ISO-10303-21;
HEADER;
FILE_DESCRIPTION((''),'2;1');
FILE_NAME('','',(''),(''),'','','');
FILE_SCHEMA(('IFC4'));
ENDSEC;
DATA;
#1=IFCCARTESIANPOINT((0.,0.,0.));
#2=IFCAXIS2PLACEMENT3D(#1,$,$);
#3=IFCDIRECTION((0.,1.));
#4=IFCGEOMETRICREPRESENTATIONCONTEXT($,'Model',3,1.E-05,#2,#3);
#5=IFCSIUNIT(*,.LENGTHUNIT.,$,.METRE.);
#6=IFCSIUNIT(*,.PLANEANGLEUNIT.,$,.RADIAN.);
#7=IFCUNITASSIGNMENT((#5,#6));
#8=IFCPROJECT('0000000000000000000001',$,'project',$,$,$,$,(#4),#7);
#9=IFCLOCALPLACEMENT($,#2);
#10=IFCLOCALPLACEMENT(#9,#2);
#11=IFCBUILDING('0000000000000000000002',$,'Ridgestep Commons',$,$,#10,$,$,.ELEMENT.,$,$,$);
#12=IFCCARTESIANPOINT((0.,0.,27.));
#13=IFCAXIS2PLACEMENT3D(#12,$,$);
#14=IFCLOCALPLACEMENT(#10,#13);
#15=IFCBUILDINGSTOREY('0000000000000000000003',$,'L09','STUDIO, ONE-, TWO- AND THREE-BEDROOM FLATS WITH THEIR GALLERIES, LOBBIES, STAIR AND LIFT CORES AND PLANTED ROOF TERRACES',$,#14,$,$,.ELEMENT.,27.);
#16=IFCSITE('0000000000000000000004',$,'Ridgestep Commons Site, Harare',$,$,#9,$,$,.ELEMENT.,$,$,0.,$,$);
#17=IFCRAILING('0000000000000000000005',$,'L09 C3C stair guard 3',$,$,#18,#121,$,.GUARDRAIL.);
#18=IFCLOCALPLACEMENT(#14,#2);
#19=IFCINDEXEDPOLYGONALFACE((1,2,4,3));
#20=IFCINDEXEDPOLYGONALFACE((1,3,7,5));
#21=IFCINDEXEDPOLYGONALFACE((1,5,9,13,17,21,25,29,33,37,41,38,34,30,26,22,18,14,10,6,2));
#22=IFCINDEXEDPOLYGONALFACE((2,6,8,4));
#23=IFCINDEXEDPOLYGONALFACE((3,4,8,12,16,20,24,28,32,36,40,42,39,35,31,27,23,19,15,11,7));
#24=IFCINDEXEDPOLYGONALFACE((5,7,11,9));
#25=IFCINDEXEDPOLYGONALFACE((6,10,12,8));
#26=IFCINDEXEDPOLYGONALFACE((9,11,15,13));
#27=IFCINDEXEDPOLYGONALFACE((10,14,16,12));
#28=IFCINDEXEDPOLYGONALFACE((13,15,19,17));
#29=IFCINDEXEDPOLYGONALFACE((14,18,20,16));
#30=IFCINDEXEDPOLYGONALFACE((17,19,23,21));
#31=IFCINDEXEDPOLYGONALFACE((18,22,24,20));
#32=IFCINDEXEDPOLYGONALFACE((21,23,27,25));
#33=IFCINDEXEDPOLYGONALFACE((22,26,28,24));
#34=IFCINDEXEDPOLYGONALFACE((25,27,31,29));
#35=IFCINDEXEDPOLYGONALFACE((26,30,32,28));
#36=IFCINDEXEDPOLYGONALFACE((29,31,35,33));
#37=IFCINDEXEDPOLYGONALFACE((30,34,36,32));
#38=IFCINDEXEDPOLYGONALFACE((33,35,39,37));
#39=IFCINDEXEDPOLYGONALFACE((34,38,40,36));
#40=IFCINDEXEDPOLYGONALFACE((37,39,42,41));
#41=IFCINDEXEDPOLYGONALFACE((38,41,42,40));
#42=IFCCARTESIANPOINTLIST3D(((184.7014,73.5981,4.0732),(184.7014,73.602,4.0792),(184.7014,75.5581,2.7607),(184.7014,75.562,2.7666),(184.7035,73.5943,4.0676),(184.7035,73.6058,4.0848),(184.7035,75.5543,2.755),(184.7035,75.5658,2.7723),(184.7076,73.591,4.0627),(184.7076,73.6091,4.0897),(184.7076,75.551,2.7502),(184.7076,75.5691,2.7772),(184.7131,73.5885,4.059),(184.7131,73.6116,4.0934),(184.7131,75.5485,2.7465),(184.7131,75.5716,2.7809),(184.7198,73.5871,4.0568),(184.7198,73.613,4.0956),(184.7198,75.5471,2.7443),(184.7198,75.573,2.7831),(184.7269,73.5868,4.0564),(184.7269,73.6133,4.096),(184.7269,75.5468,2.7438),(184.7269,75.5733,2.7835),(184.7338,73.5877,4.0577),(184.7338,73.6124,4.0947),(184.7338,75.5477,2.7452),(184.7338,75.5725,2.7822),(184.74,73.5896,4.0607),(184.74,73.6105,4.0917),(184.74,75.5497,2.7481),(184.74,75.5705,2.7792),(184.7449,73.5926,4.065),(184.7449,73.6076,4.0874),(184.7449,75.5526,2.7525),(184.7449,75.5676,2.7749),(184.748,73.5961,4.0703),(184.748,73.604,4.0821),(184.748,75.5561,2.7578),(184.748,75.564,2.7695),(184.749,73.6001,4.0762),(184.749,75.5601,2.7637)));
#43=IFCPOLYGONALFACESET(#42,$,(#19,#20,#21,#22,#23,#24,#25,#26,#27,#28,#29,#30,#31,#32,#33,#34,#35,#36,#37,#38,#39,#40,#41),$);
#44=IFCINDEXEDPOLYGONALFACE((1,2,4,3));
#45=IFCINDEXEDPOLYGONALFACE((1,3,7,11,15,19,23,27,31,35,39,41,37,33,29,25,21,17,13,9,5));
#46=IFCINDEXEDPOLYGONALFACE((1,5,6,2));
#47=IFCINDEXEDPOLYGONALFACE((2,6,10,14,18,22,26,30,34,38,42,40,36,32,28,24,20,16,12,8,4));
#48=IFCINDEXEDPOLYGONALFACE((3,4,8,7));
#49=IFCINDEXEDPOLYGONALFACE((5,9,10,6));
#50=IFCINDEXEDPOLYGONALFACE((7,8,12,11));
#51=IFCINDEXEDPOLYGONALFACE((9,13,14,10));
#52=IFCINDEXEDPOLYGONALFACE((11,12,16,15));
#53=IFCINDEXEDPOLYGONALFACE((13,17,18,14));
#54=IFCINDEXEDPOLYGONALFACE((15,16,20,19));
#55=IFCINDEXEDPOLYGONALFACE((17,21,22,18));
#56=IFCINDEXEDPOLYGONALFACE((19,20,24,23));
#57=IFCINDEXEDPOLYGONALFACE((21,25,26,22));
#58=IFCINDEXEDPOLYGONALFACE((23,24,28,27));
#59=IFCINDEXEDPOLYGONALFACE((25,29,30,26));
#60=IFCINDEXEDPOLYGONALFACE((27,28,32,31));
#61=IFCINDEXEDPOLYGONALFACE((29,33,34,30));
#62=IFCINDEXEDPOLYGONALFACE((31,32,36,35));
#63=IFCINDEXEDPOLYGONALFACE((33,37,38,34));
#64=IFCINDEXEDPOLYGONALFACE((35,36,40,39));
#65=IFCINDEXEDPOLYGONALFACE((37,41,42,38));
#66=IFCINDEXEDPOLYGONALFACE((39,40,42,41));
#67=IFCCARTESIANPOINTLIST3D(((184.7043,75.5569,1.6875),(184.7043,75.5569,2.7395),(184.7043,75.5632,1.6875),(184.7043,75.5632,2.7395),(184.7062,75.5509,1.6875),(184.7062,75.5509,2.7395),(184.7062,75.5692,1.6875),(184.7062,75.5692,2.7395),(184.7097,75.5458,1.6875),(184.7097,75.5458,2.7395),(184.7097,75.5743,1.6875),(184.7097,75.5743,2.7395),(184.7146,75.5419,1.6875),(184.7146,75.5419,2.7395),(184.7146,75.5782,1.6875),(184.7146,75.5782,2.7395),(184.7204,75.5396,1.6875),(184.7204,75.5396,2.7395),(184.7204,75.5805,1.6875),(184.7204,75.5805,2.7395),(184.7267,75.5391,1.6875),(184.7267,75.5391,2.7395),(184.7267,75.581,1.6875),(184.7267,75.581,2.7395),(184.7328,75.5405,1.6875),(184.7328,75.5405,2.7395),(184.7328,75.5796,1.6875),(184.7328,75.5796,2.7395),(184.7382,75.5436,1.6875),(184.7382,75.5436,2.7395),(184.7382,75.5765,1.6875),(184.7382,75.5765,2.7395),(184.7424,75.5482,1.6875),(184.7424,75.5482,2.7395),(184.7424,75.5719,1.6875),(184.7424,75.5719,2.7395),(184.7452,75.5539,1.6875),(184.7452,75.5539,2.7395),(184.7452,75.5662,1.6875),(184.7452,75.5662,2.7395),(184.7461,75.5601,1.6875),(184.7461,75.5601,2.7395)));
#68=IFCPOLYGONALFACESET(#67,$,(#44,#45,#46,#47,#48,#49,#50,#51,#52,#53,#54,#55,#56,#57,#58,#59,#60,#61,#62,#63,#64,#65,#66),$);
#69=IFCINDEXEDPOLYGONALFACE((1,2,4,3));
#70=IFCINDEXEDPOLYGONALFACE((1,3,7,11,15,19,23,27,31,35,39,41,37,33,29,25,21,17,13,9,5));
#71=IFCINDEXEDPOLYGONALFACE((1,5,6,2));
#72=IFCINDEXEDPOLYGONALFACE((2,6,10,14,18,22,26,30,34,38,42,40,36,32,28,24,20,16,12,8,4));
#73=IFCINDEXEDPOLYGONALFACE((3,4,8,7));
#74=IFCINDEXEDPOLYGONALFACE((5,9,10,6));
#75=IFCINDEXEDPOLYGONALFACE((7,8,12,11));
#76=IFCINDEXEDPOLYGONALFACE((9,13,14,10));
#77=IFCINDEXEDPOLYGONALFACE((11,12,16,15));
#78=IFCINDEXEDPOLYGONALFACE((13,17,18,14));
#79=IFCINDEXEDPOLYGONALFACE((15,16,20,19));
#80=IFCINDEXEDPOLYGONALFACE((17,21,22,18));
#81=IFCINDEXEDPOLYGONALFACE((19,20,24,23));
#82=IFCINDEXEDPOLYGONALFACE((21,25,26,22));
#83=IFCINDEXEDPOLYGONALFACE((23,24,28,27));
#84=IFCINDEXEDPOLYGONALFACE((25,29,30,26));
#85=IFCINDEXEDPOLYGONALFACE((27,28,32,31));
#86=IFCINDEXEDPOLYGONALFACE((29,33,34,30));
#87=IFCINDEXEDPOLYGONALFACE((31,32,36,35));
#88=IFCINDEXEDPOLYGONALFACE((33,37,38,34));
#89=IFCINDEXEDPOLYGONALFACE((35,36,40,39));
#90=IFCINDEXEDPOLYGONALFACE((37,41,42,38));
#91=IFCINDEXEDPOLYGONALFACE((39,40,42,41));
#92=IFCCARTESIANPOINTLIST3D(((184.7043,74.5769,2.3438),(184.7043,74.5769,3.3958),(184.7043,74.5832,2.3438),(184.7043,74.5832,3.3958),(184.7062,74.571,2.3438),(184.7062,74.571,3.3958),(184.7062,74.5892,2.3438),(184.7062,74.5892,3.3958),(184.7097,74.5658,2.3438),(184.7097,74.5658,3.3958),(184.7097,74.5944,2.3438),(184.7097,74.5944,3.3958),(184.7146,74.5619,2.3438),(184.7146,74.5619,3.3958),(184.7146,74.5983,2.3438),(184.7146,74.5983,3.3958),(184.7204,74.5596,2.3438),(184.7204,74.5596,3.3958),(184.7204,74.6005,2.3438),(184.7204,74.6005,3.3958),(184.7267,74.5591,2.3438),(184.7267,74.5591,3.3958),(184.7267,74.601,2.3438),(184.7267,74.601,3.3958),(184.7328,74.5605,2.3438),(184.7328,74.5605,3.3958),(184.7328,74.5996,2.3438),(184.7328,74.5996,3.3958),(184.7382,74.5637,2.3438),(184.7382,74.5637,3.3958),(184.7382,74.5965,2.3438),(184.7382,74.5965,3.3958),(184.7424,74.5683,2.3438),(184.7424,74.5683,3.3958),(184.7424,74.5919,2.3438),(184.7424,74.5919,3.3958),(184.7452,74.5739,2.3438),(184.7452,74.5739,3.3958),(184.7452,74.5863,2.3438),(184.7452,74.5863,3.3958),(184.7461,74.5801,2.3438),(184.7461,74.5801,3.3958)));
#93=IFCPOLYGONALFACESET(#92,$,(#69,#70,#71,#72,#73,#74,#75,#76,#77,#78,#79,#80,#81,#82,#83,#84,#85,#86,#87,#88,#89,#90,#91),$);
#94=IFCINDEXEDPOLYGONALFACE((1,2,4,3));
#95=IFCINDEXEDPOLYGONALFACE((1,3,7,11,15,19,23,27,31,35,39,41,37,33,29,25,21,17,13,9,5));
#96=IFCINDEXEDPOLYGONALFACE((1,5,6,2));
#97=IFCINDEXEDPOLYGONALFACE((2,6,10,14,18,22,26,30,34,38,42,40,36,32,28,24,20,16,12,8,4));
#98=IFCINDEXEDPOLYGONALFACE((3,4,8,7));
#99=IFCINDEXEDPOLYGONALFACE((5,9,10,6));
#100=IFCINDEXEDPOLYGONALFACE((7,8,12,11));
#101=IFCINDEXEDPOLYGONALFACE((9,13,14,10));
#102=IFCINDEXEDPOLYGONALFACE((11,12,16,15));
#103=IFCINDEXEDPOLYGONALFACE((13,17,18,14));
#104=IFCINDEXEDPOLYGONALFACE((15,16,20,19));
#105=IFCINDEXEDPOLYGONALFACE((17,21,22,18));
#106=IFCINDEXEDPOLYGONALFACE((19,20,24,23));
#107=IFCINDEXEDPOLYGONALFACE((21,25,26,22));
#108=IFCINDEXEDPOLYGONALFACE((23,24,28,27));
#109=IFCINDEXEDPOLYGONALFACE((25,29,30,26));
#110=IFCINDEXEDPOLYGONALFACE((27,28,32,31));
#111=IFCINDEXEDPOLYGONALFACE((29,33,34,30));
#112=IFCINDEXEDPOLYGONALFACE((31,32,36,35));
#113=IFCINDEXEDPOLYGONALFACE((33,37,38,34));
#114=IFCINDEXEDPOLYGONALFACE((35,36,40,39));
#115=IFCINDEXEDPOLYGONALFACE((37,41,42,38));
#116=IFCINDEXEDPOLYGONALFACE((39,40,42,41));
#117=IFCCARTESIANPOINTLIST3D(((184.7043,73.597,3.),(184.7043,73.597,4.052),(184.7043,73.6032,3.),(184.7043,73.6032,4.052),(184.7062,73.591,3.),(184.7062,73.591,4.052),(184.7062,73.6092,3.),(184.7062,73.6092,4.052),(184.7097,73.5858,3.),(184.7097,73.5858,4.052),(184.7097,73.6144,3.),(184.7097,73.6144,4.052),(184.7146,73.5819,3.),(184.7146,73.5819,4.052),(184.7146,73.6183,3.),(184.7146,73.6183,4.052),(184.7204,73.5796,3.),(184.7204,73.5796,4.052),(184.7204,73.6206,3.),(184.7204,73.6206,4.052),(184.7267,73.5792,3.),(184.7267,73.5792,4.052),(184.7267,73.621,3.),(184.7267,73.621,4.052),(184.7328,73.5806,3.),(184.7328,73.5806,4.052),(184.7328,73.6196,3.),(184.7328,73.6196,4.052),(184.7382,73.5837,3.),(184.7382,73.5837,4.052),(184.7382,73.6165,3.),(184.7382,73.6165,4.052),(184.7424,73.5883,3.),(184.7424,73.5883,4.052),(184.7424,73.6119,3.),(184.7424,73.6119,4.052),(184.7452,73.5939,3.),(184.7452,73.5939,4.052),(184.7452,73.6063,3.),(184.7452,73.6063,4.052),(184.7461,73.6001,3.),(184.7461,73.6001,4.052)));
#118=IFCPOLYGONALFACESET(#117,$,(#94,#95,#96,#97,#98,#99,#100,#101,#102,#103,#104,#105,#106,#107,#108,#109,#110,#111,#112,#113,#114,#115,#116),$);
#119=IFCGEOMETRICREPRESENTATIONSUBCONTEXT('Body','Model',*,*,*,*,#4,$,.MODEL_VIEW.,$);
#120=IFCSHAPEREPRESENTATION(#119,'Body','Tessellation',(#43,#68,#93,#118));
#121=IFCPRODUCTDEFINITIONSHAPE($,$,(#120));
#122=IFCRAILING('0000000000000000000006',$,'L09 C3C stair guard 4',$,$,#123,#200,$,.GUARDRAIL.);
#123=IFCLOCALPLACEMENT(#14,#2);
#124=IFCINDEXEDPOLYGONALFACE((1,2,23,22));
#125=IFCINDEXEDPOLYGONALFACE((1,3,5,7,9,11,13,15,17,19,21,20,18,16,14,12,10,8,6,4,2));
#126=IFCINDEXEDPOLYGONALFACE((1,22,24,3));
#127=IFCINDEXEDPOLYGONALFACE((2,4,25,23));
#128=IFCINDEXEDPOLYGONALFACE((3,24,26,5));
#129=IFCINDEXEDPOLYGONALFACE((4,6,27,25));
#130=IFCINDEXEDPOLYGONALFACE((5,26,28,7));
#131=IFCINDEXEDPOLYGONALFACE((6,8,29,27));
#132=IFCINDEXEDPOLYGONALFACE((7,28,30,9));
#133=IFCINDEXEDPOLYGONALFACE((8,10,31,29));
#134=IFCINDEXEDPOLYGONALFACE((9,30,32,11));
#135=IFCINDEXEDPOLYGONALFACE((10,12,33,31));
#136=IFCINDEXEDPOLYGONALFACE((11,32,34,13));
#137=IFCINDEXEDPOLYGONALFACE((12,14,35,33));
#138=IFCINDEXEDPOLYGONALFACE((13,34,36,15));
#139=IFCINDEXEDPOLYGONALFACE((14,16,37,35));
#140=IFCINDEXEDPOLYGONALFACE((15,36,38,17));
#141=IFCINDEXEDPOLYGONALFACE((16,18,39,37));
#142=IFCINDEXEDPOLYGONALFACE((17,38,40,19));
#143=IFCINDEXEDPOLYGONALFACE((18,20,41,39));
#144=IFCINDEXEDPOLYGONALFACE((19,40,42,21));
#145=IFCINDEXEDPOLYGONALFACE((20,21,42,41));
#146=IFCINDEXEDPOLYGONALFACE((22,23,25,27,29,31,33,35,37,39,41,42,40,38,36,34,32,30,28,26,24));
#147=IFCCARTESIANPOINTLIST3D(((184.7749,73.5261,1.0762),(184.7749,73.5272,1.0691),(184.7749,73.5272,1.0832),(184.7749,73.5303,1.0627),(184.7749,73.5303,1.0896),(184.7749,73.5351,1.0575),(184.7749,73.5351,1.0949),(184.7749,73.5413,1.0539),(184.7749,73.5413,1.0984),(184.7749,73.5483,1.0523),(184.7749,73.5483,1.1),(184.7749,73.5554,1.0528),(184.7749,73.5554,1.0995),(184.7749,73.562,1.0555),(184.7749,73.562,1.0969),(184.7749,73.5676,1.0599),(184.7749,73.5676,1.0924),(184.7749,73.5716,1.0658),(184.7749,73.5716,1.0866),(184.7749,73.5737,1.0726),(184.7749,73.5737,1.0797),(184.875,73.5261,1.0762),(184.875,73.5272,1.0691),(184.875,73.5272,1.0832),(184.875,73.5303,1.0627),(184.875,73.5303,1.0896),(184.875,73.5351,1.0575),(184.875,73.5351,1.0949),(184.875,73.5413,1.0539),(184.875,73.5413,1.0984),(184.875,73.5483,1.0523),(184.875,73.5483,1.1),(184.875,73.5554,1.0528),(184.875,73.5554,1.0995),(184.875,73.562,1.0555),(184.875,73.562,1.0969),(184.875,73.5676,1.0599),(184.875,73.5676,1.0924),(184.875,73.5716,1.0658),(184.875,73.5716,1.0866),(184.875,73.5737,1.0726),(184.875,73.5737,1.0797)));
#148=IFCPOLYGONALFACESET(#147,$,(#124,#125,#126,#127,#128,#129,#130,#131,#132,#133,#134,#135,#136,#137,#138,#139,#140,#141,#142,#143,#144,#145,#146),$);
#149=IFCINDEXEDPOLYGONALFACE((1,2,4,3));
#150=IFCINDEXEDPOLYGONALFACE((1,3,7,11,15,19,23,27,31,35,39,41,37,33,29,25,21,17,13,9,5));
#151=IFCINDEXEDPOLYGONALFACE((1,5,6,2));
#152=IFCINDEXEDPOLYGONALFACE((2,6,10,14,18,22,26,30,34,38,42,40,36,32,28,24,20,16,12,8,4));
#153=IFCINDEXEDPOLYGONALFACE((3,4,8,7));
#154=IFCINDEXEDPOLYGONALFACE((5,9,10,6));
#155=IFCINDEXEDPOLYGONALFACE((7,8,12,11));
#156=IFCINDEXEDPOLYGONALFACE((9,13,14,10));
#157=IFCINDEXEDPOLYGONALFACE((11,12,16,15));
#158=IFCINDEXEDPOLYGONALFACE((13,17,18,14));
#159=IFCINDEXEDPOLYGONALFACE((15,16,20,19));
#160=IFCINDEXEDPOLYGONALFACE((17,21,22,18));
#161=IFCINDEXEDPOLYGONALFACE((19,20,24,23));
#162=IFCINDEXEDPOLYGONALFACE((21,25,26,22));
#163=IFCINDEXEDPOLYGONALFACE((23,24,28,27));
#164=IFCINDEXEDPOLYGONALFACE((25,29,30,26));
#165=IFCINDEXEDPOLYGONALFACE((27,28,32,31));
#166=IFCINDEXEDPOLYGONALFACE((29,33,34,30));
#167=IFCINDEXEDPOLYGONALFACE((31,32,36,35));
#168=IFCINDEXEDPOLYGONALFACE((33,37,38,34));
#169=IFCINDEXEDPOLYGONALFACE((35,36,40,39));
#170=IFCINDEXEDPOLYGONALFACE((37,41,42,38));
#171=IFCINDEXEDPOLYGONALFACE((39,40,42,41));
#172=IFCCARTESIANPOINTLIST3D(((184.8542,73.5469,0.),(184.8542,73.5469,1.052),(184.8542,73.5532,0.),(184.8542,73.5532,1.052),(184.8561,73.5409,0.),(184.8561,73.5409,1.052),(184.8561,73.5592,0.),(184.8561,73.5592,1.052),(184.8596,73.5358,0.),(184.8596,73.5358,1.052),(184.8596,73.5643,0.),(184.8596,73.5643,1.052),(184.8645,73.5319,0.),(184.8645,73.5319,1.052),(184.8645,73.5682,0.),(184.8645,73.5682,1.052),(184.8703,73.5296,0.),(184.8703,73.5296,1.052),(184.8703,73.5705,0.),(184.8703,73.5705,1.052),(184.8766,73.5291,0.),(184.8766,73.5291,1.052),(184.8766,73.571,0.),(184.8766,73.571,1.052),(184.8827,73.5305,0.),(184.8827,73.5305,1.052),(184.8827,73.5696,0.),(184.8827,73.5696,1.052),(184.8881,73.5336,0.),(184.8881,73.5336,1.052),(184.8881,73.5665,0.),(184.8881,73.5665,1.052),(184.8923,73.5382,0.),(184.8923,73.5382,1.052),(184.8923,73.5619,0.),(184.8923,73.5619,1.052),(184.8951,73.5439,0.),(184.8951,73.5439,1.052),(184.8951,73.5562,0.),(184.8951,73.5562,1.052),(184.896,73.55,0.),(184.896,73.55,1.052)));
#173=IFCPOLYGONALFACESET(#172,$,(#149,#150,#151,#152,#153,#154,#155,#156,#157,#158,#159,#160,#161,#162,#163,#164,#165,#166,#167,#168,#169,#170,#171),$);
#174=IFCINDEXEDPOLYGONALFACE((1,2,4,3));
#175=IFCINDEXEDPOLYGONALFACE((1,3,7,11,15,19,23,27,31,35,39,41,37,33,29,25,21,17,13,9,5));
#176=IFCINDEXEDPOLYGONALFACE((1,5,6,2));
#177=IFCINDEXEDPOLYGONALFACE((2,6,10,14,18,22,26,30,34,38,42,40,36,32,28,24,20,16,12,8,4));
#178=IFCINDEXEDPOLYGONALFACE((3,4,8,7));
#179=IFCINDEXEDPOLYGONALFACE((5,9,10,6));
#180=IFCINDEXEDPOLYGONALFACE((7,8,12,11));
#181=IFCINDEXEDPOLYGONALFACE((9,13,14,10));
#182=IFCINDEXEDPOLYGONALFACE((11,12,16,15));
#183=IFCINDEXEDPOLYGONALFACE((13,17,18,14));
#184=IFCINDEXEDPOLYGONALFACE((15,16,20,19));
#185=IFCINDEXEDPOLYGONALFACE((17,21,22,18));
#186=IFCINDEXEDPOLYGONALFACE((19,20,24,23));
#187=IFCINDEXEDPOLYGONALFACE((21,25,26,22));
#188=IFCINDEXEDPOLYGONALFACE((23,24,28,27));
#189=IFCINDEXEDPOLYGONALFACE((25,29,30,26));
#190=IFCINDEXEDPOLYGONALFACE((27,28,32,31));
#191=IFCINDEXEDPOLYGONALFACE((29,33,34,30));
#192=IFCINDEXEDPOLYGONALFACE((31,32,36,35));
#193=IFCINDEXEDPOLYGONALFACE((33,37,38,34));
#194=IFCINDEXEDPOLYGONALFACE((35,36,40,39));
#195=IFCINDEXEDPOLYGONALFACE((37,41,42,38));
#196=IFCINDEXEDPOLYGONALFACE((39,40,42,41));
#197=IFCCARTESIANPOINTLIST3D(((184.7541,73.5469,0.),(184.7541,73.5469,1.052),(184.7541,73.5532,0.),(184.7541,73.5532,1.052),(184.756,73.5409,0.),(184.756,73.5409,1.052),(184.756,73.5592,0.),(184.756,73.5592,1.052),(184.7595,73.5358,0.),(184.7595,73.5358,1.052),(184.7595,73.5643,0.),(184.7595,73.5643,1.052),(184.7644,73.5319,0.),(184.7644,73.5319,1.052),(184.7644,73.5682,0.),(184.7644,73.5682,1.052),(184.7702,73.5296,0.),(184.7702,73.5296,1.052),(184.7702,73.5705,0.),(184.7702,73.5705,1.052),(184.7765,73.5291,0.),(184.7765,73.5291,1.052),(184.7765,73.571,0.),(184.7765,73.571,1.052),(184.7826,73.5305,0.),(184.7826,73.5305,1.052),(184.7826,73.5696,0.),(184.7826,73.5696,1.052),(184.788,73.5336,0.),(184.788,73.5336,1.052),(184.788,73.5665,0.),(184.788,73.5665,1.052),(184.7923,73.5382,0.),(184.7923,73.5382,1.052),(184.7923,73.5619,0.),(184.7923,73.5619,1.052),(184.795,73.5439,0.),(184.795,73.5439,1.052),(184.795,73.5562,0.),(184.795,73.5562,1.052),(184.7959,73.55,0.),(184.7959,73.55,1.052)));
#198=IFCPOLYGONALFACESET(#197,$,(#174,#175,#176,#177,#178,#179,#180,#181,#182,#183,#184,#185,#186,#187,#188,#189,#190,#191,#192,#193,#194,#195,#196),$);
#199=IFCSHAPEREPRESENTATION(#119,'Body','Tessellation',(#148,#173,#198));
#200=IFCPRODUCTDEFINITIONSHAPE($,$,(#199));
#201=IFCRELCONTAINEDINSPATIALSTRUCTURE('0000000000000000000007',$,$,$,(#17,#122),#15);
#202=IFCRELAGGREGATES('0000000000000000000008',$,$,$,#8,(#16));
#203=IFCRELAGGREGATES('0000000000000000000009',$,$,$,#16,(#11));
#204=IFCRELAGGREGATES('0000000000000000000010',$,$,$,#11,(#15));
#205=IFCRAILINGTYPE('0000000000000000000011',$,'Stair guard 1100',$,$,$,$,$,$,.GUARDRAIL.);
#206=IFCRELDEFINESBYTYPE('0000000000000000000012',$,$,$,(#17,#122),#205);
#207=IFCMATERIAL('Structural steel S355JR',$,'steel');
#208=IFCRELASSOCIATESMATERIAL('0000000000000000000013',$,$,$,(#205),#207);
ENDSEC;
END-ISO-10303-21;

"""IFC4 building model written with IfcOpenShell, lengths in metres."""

from ifc_helpers import new_model, si_unit, direction, frame, origin, origin_2d, place, context, subcontext, project, spatial, circle, extrude, material, type_object, element, save


model = new_model("IFC4")

# Units and contexts
model_context = context("Model", 3, precision=1e-05, world=origin(), true_north=direction((0.0, 1.0)))
body_context = subcontext(model_context, "Body", "Model", "MODEL_VIEW")
ifc_project = project(units=[si_unit("LENGTHUNIT", "METRE"), si_unit("PLANEANGLEUNIT", "RADIAN")], contexts=[model_context])

# Site, building, storey
site_placement = place(None, origin())
site = spatial("IfcSite", under=ifc_project, at=site_placement, Name="Ridgestep Commons Site, Harare", CompositionType="ELEMENT", RefElevation=0.0)
building_placement = place(site_placement, origin())
building = spatial("IfcBuilding", under=site, at=building_placement, Name="Ridgestep Commons", CompositionType="ELEMENT")
storey_placement = place(building_placement, frame((0.0, 0.0, 27.0)))
storey = spatial("IfcBuildingStorey", under=building, at=storey_placement, Name="L09", Description="STUDIO, ONE-, TWO- AND THREE-BEDROOM FLATS WITH THEIR GALLERIES, LOBBIES, STAIR AND LIFT CORES AND PLANTED ROOF TERRACES", CompositionType="ELEMENT", Elevation=27.0)

# Railings
ifc_material_1 = material(Name="Structural steel S355JR", Category="steel")
railing_type_1 = type_object("IfcRailingType", Name="Stair guard 1100", PredefinedType="GUARDRAIL", material=ifc_material_1)
railing_1_placement = place(storey_placement, frame((184.7251, 75.5601, 1.6875)))
element("IfcRailing", 1, at=railing_1_placement, inside=storey, type_object=railing_type_1, Name="L09 C3C stair guard 3", PredefinedType="GUARDRAIL", context=body_context, shape_type="SweptSolid", body=[
    extrude(circle(Radius=0.0239, at=origin_2d()), frame((0.0, 0.0, 1.0762), z_axis=(0.0, -0.830902, 0.556419), x_axis=(1.0, 0.0, 0.0)), (0.0, 0.0, 1.0), 2.3589),
    extrude(circle(Radius=0.021, at=origin_2d()), origin(), (0.0, 0.0, 1.0), 1.052),
    extrude(circle(Radius=0.021, at=origin_2d()), frame((0.0, -0.98, 0.6562)), (0.0, 0.0, 1.0), 1.052),
    extrude(circle(Radius=0.021, at=origin_2d()), frame((0.0, -1.96, 1.3125)), (0.0, 0.0, 1.0), 1.052),
])
railing_2_placement = place(storey_placement, frame((184.875, 73.55, 0.0)))
element("IfcRailing", 2, at=railing_2_placement, inside=storey, type_object=railing_type_1, Name="L09 C3C stair guard 4", PredefinedType="GUARDRAIL", context=body_context, shape_type="SweptSolid", body=[
    extrude(circle(Radius=0.0239, at=origin_2d()), frame((0.0, 0.0, 1.0762), z_axis=(-1.0, 0.0, 0.0), x_axis=(0.0, -1.0, 0.0)), (0.0, 0.0, 1.0), 0.1001),
    extrude(circle(Radius=0.021, at=origin_2d()), origin(), (0.0, 0.0, 1.0), 1.052),
    extrude(circle(Radius=0.021, at=origin_2d()), frame((-0.1001, 0.0, 0.0)), (0.0, 0.0, 1.0), 1.052),
])

save(model, "model.ifc")
